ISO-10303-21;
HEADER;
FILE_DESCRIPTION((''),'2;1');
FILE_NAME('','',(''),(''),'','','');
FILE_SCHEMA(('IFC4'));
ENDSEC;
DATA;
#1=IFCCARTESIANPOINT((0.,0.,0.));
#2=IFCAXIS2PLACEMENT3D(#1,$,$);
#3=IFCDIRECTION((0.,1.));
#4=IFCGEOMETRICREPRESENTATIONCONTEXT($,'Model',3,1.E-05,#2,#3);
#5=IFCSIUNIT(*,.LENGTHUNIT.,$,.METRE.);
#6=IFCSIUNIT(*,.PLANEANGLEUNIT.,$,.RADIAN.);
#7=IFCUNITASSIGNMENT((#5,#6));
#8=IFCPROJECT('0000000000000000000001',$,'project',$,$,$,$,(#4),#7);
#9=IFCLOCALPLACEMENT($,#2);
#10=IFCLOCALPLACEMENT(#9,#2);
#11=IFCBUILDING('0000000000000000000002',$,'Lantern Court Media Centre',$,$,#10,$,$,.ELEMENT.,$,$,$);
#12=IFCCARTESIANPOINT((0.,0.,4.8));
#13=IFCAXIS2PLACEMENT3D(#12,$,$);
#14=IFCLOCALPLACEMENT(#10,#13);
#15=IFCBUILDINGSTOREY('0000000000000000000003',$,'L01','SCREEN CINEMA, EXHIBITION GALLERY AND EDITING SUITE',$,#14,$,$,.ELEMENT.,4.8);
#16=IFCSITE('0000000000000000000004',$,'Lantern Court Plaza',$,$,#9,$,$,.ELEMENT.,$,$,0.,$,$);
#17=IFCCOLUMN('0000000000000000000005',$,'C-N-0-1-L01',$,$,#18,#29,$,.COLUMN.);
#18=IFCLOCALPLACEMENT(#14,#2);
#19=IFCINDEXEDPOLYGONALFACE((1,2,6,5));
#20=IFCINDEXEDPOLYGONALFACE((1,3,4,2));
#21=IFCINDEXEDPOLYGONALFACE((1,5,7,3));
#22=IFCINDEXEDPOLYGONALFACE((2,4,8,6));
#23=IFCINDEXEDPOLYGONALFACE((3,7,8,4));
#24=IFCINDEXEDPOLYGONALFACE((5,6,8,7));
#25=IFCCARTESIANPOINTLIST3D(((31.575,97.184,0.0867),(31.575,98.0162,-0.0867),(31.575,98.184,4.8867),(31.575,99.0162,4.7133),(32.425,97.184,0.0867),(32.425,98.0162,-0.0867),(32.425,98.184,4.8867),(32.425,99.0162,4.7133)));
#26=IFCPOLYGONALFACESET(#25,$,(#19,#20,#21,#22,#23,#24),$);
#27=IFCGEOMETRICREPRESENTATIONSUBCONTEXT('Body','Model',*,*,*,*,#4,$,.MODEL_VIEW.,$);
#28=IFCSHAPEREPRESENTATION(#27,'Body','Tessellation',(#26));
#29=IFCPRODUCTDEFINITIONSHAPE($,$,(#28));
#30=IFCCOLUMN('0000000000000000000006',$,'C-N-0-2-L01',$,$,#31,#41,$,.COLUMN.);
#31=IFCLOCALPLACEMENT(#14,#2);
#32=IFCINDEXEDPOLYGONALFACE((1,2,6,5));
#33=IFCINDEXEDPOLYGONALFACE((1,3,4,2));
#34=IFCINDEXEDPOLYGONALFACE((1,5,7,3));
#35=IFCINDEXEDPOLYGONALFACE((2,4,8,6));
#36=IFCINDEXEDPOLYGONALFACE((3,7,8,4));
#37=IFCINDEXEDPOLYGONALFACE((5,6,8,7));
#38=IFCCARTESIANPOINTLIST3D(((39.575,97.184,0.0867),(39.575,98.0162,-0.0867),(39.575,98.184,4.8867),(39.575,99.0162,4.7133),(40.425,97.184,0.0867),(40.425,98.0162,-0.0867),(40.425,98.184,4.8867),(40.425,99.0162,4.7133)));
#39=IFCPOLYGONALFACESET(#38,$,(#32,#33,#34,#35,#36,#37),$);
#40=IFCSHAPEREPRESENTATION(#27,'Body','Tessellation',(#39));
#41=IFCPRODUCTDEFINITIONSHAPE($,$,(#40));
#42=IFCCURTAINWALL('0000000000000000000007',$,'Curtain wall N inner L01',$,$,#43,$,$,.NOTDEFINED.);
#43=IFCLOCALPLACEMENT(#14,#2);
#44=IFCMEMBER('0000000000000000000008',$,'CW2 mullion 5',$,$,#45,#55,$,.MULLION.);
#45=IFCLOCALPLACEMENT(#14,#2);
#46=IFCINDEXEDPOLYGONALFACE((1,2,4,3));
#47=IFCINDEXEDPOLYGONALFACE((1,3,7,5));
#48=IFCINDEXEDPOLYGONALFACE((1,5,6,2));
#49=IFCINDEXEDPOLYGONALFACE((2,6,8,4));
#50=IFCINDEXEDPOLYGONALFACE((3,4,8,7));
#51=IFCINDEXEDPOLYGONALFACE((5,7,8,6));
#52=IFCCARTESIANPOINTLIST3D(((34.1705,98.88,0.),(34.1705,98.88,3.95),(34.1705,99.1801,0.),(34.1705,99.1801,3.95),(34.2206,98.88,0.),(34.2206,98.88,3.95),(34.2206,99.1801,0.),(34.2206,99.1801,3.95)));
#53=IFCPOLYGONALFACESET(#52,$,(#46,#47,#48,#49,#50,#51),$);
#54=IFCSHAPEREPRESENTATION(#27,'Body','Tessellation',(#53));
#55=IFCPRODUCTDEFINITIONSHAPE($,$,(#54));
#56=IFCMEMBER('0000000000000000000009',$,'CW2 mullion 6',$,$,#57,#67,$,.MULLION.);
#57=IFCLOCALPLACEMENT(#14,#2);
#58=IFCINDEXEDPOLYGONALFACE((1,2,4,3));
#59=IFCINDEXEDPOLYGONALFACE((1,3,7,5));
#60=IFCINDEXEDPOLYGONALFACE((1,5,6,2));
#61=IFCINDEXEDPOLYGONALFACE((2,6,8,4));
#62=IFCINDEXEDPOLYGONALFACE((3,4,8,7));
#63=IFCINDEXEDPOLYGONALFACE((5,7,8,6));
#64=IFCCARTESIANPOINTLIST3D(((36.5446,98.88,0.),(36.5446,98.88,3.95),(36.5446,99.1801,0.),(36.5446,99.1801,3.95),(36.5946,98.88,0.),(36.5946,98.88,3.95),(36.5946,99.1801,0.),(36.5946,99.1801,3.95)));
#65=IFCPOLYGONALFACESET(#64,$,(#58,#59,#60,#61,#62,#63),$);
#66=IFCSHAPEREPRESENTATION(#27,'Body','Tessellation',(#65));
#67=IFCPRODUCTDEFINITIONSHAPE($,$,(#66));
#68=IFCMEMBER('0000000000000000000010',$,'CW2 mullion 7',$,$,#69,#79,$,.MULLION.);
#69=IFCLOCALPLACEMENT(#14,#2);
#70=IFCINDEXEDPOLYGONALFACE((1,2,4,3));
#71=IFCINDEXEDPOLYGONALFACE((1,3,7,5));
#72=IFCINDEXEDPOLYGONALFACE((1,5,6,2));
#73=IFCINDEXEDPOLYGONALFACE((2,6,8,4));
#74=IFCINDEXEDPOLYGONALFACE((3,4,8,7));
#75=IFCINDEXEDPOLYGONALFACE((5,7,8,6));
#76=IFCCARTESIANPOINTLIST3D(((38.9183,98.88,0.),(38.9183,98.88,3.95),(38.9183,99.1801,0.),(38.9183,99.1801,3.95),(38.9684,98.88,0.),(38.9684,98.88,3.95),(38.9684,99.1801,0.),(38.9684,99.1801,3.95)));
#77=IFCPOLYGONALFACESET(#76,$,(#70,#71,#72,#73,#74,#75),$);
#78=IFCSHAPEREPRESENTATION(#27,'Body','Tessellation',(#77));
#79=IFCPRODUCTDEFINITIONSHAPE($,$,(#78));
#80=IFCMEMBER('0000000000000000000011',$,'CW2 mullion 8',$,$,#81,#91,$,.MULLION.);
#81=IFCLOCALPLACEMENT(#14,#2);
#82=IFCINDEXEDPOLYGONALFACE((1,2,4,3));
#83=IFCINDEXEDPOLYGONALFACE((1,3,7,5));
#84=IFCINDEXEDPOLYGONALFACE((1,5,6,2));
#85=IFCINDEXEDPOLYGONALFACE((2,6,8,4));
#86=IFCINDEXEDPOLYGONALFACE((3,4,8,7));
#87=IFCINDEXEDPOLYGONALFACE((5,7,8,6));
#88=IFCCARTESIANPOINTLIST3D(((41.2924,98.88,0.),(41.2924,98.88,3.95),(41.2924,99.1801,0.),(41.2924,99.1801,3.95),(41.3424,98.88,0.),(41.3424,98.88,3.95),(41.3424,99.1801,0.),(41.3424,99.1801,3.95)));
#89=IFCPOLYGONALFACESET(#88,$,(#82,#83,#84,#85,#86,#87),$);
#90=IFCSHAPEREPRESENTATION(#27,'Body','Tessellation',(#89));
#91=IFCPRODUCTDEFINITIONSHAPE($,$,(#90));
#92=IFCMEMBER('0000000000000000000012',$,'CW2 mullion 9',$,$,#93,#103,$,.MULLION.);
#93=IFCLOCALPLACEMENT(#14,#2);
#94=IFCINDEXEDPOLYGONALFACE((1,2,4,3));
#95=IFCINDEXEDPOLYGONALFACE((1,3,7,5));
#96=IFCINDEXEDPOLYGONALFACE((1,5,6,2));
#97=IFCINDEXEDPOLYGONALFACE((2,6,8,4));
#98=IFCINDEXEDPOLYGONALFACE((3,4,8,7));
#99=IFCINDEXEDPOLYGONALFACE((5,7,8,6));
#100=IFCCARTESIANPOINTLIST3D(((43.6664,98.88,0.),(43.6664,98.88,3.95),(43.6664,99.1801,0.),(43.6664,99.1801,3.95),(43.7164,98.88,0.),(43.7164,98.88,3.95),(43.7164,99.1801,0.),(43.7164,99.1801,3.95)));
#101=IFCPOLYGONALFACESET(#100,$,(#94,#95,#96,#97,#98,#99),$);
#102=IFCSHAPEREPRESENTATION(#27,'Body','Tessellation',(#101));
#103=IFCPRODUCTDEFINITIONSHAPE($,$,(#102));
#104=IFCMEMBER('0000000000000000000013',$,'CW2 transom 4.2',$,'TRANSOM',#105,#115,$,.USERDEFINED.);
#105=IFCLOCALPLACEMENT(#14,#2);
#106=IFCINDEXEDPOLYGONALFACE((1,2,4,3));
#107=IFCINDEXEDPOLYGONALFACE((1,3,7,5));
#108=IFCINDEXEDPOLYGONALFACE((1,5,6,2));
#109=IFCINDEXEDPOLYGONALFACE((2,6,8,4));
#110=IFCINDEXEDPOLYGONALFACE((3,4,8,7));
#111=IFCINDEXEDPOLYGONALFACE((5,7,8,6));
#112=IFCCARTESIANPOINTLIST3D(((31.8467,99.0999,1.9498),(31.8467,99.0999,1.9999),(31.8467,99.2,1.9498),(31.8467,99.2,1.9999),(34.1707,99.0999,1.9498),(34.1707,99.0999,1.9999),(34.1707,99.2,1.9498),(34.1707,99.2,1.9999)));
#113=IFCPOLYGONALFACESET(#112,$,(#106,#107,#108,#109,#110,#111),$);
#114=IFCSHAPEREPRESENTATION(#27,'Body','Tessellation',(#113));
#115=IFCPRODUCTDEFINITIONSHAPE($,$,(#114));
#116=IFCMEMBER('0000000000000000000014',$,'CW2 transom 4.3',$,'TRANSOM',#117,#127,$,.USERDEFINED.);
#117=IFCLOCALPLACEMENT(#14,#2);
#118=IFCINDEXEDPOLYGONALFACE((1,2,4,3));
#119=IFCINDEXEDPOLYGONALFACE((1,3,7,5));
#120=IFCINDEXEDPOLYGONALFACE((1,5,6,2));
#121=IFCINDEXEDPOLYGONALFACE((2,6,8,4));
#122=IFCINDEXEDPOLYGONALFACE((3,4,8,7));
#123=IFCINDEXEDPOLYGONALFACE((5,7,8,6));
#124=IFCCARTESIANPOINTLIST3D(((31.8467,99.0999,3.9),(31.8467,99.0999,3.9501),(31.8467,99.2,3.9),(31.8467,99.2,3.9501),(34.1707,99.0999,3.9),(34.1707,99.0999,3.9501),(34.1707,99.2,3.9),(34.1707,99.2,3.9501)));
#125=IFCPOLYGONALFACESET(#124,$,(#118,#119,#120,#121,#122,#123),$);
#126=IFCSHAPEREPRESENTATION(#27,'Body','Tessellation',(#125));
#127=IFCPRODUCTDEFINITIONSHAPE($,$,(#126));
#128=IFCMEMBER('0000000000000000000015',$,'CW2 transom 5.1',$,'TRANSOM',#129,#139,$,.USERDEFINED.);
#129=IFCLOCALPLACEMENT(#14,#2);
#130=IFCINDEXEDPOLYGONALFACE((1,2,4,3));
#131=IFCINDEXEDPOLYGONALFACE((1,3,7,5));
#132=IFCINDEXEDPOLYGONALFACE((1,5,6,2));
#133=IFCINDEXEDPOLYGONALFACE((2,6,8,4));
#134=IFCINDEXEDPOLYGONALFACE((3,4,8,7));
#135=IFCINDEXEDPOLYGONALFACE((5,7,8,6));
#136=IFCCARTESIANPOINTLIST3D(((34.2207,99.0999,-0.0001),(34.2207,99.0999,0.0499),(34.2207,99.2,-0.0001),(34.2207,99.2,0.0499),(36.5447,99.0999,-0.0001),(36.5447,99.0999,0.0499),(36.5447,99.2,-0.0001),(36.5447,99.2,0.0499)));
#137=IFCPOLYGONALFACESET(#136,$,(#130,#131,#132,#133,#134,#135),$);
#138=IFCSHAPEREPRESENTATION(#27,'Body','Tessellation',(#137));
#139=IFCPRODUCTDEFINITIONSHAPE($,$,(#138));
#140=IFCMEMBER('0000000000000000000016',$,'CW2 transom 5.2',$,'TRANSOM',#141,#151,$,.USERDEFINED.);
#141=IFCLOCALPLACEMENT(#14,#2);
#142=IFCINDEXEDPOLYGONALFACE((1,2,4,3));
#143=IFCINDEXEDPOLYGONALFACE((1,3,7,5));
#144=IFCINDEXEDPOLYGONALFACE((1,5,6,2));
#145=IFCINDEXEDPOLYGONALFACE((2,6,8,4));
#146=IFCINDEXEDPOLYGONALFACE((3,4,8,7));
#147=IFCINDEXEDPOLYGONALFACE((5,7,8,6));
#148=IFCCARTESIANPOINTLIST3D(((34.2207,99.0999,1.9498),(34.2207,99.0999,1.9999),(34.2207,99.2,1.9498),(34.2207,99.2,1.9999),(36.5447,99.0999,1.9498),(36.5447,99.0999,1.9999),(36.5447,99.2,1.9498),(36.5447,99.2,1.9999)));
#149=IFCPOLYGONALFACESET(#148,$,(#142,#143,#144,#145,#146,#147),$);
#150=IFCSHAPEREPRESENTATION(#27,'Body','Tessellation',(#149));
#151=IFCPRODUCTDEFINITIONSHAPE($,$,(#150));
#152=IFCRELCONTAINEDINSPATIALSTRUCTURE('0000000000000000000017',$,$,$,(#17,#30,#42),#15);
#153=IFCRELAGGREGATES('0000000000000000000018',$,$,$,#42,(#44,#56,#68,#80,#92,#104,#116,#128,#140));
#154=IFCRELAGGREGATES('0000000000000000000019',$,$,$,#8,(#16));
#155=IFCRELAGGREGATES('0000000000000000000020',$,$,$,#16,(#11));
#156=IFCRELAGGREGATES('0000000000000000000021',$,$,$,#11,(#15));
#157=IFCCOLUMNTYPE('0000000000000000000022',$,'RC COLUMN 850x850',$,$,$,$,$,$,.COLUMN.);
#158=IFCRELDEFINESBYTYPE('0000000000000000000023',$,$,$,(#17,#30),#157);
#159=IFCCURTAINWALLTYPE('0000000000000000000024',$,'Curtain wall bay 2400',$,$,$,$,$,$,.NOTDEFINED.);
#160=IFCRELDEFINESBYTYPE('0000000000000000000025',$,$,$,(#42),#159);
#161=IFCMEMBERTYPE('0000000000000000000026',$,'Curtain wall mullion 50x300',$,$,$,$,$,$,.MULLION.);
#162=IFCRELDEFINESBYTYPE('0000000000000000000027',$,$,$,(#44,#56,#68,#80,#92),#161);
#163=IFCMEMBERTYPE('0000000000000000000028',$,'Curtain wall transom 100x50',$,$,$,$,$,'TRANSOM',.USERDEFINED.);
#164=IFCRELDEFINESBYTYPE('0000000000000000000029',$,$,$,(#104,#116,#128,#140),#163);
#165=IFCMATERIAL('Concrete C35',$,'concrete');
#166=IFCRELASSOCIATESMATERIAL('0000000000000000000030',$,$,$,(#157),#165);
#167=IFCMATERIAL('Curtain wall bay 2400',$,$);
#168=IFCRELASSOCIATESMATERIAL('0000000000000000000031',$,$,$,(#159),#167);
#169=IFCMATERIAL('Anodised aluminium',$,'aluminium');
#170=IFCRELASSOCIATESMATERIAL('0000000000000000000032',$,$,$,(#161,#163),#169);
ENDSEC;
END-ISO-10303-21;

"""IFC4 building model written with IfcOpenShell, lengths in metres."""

from ifc_helpers import new_model, si_unit, direction, frame, origin, origin_2d, place, context, subcontext, project, spatial, rectangle, extrude, material, material_profile, profile_set, type_object, element, aggregate, save


model = new_model("IFC4")

# Units and contexts
model_context = context("Model", 3, precision=1e-05, world=origin(), true_north=direction((0.0, 1.0)))
body_context = subcontext(model_context, "Body", "Model", "MODEL_VIEW")
ifc_project = project(units=[si_unit("LENGTHUNIT", "METRE"), si_unit("PLANEANGLEUNIT", "RADIAN")], contexts=[model_context])

# Site, building, storey
site_placement = place(None, origin())
site = spatial("IfcSite", under=ifc_project, at=site_placement, Name="Lantern Court Plaza", CompositionType="ELEMENT", RefElevation=0.0)
building_placement = place(site_placement, origin())
building = spatial("IfcBuilding", under=site, at=building_placement, Name="Lantern Court Media Centre", CompositionType="ELEMENT")
storey_placement = place(building_placement, frame((0.0, 0.0, 4.8)))
storey = spatial("IfcBuildingStorey", under=building, at=storey_placement, Name="L01", Description="SCREEN CINEMA, EXHIBITION GALLERY AND EDITING SUITE", CompositionType="ELEMENT", Elevation=4.8)

# Columns
ifc_material_1 = material(Name="Concrete C35", Category="concrete")
ifc_material_profile_1 = material_profile(ifc_material_1, rectangle(XDim=0.8501, YDim=0.8501, at=origin_2d()), Name="RC 850x850")
ifc_profile_set_1 = profile_set([ifc_material_profile_1], Name="Concrete C35")
column_type = type_object("IfcColumnType", Name="RC COLUMN 850x850", PredefinedType="COLUMN", material=ifc_profile_set_1)
for number, where, z_axis, x_axis, name in (
    (1, (32.0, 97.6001, 0.0), (0.0, 0.203952, 0.978981), (-1.0, 0.0, 0.0), "C-N-0-1-L01"),
    (2, (40.0, 97.6001, 0.0), (0.0, 0.203952, 0.978981), (-1.0, 0.0, 0.0), "C-N-0-2-L01"),
):
    element("IfcColumn", number, at=place(storey_placement, frame(where, z_axis=z_axis, x_axis=x_axis)), inside=storey, type_object=column_type, Name=name, PredefinedType="COLUMN", context=body_context, shape_type="SweptSolid", body=[
        extrude(rectangle(XDim=0.8501, YDim=0.8501, at=origin_2d()), origin(), (0.0, 0.0, 1.0), 4.9031),
    ])

# Curtain wall, members
ifc_material_2 = material(Name="Curtain wall bay 2400")
curtain_wall_type = type_object("IfcCurtainWallType", Name="Curtain wall bay 2400", PredefinedType="NOTDEFINED", material=ifc_material_2)
curtain_wall_placement = place(storey_placement, origin())
curtain_wall = element("IfcCurtainWall", 3, at=curtain_wall_placement, inside=storey, type_object=curtain_wall_type, Name="Curtain wall N inner L01", PredefinedType="NOTDEFINED")
ifc_material_3 = material(Name="Anodised aluminium", Category="aluminium")
ifc_material_profile_2 = material_profile(ifc_material_3, rectangle(XDim=0.3, YDim=0.05, at=origin_2d()), Name="AL 50x300")
ifc_profile_set_2 = profile_set([ifc_material_profile_2], Name="Anodised aluminium")
member_type_1 = type_object("IfcMemberType", Name="Curtain wall mullion 50x300", PredefinedType="MULLION", material=ifc_profile_set_2)
member_1_placement = place(storey_placement, frame((34.1956, 99.03, 0.0), z_axis=(0.0, 0.0, 1.0), x_axis=(0.0, 1.0, 0.0)))
member_1 = element("IfcMember", 4, at=member_1_placement, type_object=member_type_1, Name="CW2 mullion 5", PredefinedType="MULLION", context=body_context, shape_type="SweptSolid", body=[
    extrude(rectangle(XDim=0.3, YDim=0.05, at=origin_2d()), origin(), (0.0, 0.0, 1.0), 3.95),
])
member_2_placement = place(storey_placement, frame((36.5696, 99.03, 0.0), z_axis=(0.0, 0.0, 1.0), x_axis=(0.0, 1.0, 0.0)))
member_2 = element("IfcMember", 5, at=member_2_placement, type_object=member_type_1, Name="CW2 mullion 6", PredefinedType="MULLION", context=body_context, shape_type="SweptSolid", body=[
    extrude(rectangle(XDim=0.3, YDim=0.05, at=origin_2d()), origin(), (0.0, 0.0, 1.0), 3.95),
])
member_3_placement = place(storey_placement, frame((38.9434, 99.03, 0.0), z_axis=(0.0, 0.0, 1.0), x_axis=(0.0, 1.0, 0.0)))
member_3 = element("IfcMember", 6, at=member_3_placement, type_object=member_type_1, Name="CW2 mullion 7", PredefinedType="MULLION", context=body_context, shape_type="SweptSolid", body=[
    extrude(rectangle(XDim=0.3, YDim=0.05, at=origin_2d()), origin(), (0.0, 0.0, 1.0), 3.95),
])
member_4_placement = place(storey_placement, frame((41.3174, 99.03, 0.0), z_axis=(0.0, 0.0, 1.0), x_axis=(0.0, 1.0, 0.0)))
member_4 = element("IfcMember", 7, at=member_4_placement, type_object=member_type_1, Name="CW2 mullion 8", PredefinedType="MULLION", context=body_context, shape_type="SweptSolid", body=[
    extrude(rectangle(XDim=0.3, YDim=0.05, at=origin_2d()), origin(), (0.0, 0.0, 1.0), 3.95),
])
member_5_placement = place(storey_placement, frame((43.6914, 99.03, 0.0), z_axis=(0.0, 0.0, 1.0), x_axis=(0.0, 1.0, 0.0)))
member_5 = element("IfcMember", 8, at=member_5_placement, type_object=member_type_1, Name="CW2 mullion 9", PredefinedType="MULLION", context=body_context, shape_type="SweptSolid", body=[
    extrude(rectangle(XDim=0.3, YDim=0.05, at=origin_2d()), origin(), (0.0, 0.0, 1.0), 3.95),
])
ifc_material_profile_3 = material_profile(ifc_material_3, rectangle(XDim=0.1001, YDim=0.05, at=origin_2d()), Name="AL 50x100")
ifc_profile_set_3 = profile_set([ifc_material_profile_3], Name="Anodised aluminium")
member_type_2 = type_object("IfcMemberType", Name="Curtain wall transom 100x50", ElementType="TRANSOM", PredefinedType="USERDEFINED", material=ifc_profile_set_3)
member_6_placement = place(storey_placement, frame((31.8467, 99.1499, 1.9749), z_axis=(1.0, 0.0, 0.0), x_axis=(0.0, 1.0, 0.0)))
member_6 = element("IfcMember", 9, at=member_6_placement, type_object=member_type_2, Name="CW2 transom 4.2", ObjectType="TRANSOM", PredefinedType="USERDEFINED", context=body_context, shape_type="SweptSolid", body=[
    extrude(rectangle(XDim=0.1001, YDim=0.05, at=origin_2d()), origin(), (0.0, 0.0, 1.0), 2.324),
])
member_7_placement = place(storey_placement, frame((31.8467, 99.1499, 3.925), z_axis=(1.0, 0.0, 0.0), x_axis=(0.0, 1.0, 0.0)))
member_7 = element("IfcMember", 10, at=member_7_placement, type_object=member_type_2, Name="CW2 transom 4.3", ObjectType="TRANSOM", PredefinedType="USERDEFINED", context=body_context, shape_type="SweptSolid", body=[
    extrude(rectangle(XDim=0.1001, YDim=0.05, at=origin_2d()), origin(), (0.0, 0.0, 1.0), 2.324),
])
member_8_placement = place(storey_placement, frame((34.2207, 99.1499, 0.0249), z_axis=(1.0, 0.0, 0.0), x_axis=(0.0, 1.0, 0.0)))
member_8 = element("IfcMember", 11, at=member_8_placement, type_object=member_type_2, Name="CW2 transom 5.1", ObjectType="TRANSOM", PredefinedType="USERDEFINED", context=body_context, shape_type="SweptSolid", body=[
    extrude(rectangle(XDim=0.1001, YDim=0.05, at=origin_2d()), origin(), (0.0, 0.0, 1.0), 2.324),
])
member_9_placement = place(storey_placement, frame((34.2207, 99.1499, 1.9749), z_axis=(1.0, 0.0, 0.0), x_axis=(0.0, 1.0, 0.0)))
member_9 = element("IfcMember", 12, at=member_9_placement, type_object=member_type_2, Name="CW2 transom 5.2", ObjectType="TRANSOM", PredefinedType="USERDEFINED", context=body_context, shape_type="SweptSolid", body=[
    extrude(rectangle(XDim=0.1001, YDim=0.05, at=origin_2d()), origin(), (0.0, 0.0, 1.0), 2.324),
])

aggregate(curtain_wall, [member_1, member_2, member_3, member_4, member_5, member_6, member_7, member_8, member_9])

save(model, "model.ifc")
